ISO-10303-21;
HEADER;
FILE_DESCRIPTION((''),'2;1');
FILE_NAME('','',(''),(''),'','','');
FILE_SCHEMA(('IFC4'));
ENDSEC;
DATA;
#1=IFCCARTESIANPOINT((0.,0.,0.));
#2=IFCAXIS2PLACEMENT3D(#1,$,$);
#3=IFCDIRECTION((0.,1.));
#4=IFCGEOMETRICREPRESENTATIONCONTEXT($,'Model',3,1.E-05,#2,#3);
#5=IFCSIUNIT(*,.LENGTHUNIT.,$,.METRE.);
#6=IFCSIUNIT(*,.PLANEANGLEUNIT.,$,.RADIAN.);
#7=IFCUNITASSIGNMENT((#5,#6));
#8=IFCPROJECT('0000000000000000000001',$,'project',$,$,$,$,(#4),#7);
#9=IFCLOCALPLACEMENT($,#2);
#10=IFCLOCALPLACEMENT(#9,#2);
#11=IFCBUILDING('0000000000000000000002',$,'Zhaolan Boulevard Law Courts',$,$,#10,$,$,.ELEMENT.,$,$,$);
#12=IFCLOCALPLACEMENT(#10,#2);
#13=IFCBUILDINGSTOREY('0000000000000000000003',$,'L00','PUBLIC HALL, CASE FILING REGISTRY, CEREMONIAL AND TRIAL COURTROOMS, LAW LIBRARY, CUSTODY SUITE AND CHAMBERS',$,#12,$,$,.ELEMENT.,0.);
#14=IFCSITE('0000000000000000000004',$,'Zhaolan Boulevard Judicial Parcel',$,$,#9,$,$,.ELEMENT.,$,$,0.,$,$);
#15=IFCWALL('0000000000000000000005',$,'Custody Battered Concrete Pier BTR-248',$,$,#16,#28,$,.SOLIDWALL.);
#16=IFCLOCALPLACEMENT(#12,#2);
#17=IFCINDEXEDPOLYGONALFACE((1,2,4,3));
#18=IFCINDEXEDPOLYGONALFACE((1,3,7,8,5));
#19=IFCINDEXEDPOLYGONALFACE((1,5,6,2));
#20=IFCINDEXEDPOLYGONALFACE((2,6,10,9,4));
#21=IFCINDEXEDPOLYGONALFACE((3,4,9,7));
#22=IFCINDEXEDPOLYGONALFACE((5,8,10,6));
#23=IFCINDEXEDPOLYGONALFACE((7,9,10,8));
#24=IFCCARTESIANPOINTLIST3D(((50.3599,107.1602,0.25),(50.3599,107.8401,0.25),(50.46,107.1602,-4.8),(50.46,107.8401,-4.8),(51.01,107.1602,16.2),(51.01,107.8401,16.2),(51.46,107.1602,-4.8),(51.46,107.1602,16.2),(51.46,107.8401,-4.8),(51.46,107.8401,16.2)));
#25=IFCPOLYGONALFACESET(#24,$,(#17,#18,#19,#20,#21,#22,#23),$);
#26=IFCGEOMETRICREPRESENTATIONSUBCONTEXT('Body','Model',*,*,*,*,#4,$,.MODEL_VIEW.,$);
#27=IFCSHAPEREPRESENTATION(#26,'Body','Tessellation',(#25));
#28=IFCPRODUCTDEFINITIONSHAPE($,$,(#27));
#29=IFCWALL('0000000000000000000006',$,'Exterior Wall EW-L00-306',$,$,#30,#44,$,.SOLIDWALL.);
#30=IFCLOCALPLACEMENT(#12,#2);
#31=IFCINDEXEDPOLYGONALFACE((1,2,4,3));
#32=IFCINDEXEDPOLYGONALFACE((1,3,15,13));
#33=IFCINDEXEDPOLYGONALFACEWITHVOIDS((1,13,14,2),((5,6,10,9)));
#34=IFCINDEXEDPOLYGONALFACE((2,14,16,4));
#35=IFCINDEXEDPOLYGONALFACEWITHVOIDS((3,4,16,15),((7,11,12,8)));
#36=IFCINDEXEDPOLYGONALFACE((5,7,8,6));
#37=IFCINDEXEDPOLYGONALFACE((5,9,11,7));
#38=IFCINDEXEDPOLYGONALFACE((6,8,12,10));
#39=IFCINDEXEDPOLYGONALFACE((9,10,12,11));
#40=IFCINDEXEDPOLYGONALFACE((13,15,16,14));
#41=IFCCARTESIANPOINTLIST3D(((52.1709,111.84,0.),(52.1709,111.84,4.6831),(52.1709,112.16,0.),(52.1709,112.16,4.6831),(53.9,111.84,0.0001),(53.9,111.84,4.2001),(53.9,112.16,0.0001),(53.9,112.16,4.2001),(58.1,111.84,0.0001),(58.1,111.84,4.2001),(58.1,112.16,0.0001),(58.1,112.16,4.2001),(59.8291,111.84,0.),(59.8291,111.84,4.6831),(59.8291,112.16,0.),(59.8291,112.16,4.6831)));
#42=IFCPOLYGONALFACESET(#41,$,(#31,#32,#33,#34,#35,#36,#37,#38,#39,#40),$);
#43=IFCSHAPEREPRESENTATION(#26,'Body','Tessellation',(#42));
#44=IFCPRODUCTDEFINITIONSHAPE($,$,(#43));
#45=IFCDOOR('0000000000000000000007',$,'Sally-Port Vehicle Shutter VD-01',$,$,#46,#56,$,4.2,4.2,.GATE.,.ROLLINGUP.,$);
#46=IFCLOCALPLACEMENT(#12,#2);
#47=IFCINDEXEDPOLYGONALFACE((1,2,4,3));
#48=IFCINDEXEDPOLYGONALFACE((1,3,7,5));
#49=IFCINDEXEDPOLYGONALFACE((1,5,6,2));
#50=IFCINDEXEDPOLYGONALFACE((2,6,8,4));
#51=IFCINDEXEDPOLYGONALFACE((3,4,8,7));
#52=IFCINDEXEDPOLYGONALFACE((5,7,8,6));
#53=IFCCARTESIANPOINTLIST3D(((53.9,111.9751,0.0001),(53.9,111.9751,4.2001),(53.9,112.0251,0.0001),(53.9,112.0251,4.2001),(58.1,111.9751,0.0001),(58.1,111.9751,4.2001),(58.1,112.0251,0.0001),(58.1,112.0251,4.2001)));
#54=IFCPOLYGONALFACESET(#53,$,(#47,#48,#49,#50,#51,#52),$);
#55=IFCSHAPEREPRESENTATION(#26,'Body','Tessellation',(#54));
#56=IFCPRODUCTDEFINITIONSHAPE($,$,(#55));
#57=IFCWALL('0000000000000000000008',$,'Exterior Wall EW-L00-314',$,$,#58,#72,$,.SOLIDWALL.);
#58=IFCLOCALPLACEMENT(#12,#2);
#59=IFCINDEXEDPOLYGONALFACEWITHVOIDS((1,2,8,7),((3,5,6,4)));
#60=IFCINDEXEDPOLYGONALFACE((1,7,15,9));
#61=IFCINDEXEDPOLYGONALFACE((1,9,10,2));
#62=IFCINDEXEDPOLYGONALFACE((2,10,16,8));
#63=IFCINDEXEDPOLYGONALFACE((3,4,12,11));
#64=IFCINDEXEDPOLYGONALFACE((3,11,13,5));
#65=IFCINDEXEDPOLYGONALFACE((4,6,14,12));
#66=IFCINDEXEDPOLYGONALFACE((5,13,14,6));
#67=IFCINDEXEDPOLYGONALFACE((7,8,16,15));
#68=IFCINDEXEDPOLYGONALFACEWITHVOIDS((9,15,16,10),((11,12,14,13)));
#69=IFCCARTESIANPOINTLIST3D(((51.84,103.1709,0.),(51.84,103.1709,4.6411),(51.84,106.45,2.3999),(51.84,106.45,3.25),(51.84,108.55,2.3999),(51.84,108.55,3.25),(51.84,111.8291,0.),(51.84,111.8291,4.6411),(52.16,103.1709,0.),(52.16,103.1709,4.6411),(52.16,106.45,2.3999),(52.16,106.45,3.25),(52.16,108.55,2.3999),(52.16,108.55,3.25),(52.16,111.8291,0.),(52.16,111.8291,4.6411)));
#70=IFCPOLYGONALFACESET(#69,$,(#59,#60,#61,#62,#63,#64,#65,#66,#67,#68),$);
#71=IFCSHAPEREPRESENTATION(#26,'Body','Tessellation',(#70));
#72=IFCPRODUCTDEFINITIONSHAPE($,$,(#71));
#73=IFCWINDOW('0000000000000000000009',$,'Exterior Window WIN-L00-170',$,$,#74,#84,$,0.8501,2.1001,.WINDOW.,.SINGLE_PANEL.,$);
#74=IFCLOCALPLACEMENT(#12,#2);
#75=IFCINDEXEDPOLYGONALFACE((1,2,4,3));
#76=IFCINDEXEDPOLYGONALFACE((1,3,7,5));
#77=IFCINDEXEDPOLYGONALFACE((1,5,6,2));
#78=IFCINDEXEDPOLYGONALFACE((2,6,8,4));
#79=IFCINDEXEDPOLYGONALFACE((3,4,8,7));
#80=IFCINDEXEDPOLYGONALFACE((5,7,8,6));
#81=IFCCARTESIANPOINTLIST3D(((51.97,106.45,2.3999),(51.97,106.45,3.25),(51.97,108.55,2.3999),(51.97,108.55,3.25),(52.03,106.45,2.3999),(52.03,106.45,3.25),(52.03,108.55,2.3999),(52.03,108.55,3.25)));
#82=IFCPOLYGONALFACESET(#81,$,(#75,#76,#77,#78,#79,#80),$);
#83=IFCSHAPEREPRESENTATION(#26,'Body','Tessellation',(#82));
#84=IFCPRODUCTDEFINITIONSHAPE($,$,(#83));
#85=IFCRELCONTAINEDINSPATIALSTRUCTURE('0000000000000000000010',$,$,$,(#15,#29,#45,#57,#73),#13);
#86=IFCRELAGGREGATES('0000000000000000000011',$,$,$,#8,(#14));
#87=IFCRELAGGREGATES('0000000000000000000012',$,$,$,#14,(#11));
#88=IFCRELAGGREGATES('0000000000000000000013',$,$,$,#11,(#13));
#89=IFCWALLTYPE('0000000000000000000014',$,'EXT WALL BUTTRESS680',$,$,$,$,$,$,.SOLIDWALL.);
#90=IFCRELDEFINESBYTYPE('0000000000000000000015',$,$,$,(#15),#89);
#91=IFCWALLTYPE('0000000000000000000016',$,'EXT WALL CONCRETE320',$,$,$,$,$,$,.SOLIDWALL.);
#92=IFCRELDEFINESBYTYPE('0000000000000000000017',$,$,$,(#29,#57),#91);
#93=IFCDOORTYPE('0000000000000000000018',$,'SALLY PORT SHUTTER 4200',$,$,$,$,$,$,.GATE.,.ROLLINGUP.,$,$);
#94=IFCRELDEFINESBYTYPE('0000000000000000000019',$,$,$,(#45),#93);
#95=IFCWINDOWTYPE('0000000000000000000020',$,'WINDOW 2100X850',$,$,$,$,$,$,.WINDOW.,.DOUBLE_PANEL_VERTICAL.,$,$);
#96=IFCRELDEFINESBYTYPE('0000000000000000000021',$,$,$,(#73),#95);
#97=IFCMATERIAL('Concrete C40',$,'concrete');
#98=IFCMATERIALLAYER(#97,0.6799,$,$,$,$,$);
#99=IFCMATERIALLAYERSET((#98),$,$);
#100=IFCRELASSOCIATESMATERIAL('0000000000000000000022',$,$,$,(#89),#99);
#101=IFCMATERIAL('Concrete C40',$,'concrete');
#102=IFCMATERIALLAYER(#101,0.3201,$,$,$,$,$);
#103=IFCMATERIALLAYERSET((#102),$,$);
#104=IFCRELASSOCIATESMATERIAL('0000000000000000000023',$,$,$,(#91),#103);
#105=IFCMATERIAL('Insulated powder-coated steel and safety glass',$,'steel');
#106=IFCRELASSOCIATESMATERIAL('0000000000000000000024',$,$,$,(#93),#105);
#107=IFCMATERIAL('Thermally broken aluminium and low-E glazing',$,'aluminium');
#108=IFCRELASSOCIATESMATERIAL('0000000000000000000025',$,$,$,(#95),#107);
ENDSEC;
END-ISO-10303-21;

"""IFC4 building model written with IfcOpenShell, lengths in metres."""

from ifc_helpers import new_model, si_unit, direction, frame, frame_2d, origin, place, context, subcontext, project, spatial, polyline, rectangle, outline, extrude, material, layer, layer_set, type_object, element, fill, save


model = new_model("IFC4")

# Units and contexts
model_context = context("Model", 3, precision=1e-05, world=origin(), true_north=direction((0.0, 1.0)))
body_context = subcontext(model_context, "Body", "Model", "MODEL_VIEW")
ifc_project = project(units=[si_unit("LENGTHUNIT", "METRE"), si_unit("PLANEANGLEUNIT", "RADIAN")], contexts=[model_context])

# Site, building, storey
site_placement = place(None, origin())
site = spatial("IfcSite", under=ifc_project, at=site_placement, Name="Zhaolan Boulevard Judicial Parcel", CompositionType="ELEMENT", RefElevation=0.0)
building_placement = place(site_placement, origin())
building = spatial("IfcBuilding", under=site, at=building_placement, Name="Zhaolan Boulevard Law Courts", CompositionType="ELEMENT")
storey_placement = place(building_placement, origin())
storey = spatial("IfcBuildingStorey", under=building, at=storey_placement, Name="L00", Description="PUBLIC HALL, CASE FILING REGISTRY, CEREMONIAL AND TRIAL COURTROOMS, LAW LIBRARY, CUSTODY SUITE AND CHAMBERS", CompositionType="ELEMENT", Elevation=0.0)

# Wall
ifc_material_1 = material(Name="Concrete C40", Category="concrete")
ifc_layer_1 = layer(ifc_material_1, 0.6799)
ifc_layer_set_1 = layer_set([ifc_layer_1])
wall_type_1 = type_object("IfcWallType", Name="EXT WALL BUTTRESS680", PredefinedType="SOLIDWALL", material=ifc_layer_set_1)
wall_1_placement = place(storey_placement, frame((51.46, 107.5, -4.8), z_axis=(0.0, 0.0, 1.0), x_axis=(-1.0, 0.0, 0.0)))
element("IfcWall", 1, at=wall_1_placement, inside=storey, type_object=wall_type_1, Name="Custody Battered Concrete Pier BTR-248", PredefinedType="SOLIDWALL", context=body_context, shape_type="SweptSolid", body=[
    extrude(outline(polyline([(0.0, 0.0), (1.0, 0.0), (1.1001, 5.05), (0.45, 21.0), (0.0, 21.0), (0.0, 0.0)])), frame((0.0, 0.3398, 0.0), z_axis=(0.0, -1.0, 0.0), x_axis=(1.0, 0.0, 0.0)), (0.0, 0.0, 1.0), 0.6799),
])

# Wall, opening, door
ifc_material_2 = material(Name="Concrete C40", Category="concrete")
ifc_layer_2 = layer(ifc_material_2, 0.3201)
ifc_layer_set_2 = layer_set([ifc_layer_2])
wall_type_2 = type_object("IfcWallType", Name="EXT WALL CONCRETE320", PredefinedType="SOLIDWALL", material=ifc_layer_set_2)
wall_2_placement = place(storey_placement, frame((59.8291, 112.0, 0.0), z_axis=(0.0, 0.0, 1.0), x_axis=(-1.0, 0.0, 0.0)))
wall_2 = element("IfcWall", 2, at=wall_2_placement, inside=storey, type_object=wall_type_2, Name="Exterior Wall EW-L00-306", PredefinedType="SOLIDWALL", context=body_context, shape_type="SweptSolid", body=[
    extrude(rectangle(XDim=7.6582, YDim=0.3201, at=frame_2d((3.8291, 0.0))), origin(), (0.0, 0.0, 1.0), 4.6831),
])
opening_1_placement = place(wall_2_placement, frame((1.729, 0.0, 0.0)))
opening_1 = element("IfcOpeningElement", 3, at=opening_1_placement, cuts=wall_2, PredefinedType="OPENING", context=body_context, shape_type="SweptSolid", body=[
    extrude(rectangle(XDim=4.2, YDim=4.2, at=frame_2d((2.1001, 2.1001))), frame((0.0, 0.1699, 0.0), z_axis=(0.0, -1.0, 0.0), x_axis=(1.0, 0.0, 0.0)), (0.0, 0.0, 1.0), 0.3401),
])
ifc_material_3 = material(Name="Insulated powder-coated steel and safety glass", Category="steel")
door_type = type_object("IfcDoorType", Name="SALLY PORT SHUTTER 4200", OperationType="ROLLINGUP", PredefinedType="GATE", material=ifc_material_3)
door_placement = place(opening_1_placement, origin())
door = element("IfcDoor", 4, at=door_placement, inside=storey, type_object=door_type, Name="Sally-Port Vehicle Shutter VD-01", OperationType="ROLLINGUP", OverallHeight=4.2, OverallWidth=4.2, PredefinedType="GATE", context=body_context, shape_type="SweptSolid", body=[
    extrude(rectangle(XDim=4.2, YDim=4.2, at=frame_2d((2.1001, 2.1001))), frame((0.0, 0.0249, 0.0), z_axis=(0.0, -1.0, 0.0), x_axis=(1.0, 0.0, 0.0)), (0.0, 0.0, 1.0), 0.05),
])
fill(opening_1, door)

# Wall, opening, window
wall_3_placement = place(storey_placement, frame((52.0, 111.8291, 0.0), z_axis=(0.0, 0.0, 1.0), x_axis=(0.0, -1.0, 0.0)))
wall_3 = element("IfcWall", 5, at=wall_3_placement, inside=storey, type_object=wall_type_2, Name="Exterior Wall EW-L00-314", PredefinedType="SOLIDWALL", context=body_context, shape_type="SweptSolid", body=[
    extrude(rectangle(XDim=8.6582, YDim=0.3201, at=frame_2d((4.3291, 0.0))), origin(), (0.0, 0.0, 1.0), 4.6411),
])
opening_2_placement = place(wall_3_placement, frame((3.2791, 0.0, 2.3999)))
opening_2 = element("IfcOpeningElement", 6, at=opening_2_placement, cuts=wall_3, PredefinedType="OPENING", context=body_context, shape_type="SweptSolid", body=[
    extrude(rectangle(XDim=2.1001, YDim=0.8501, at=frame_2d((1.05, 0.425))), frame((0.0, 0.1699, 0.0), z_axis=(0.0, -1.0, 0.0), x_axis=(1.0, 0.0, 0.0)), (0.0, 0.0, 1.0), 0.3401),
])
ifc_material_4 = material(Name="Thermally broken aluminium and low-E glazing", Category="aluminium")
window_type = type_object("IfcWindowType", Name="WINDOW 2100X850", PartitioningType="DOUBLE_PANEL_VERTICAL", PredefinedType="WINDOW", material=ifc_material_4)
window_placement = place(opening_2_placement, origin())
window = element("IfcWindow", 7, at=window_placement, inside=storey, type_object=window_type, Name="Exterior Window WIN-L00-170", OverallHeight=0.8501, OverallWidth=2.1001, PartitioningType="SINGLE_PANEL", PredefinedType="WINDOW", context=body_context, shape_type="SweptSolid", body=[
    extrude(rectangle(XDim=2.1001, YDim=0.8501, at=frame_2d((1.05, 0.425))), frame((0.0, 0.03, 0.0), z_axis=(0.0, -1.0, 0.0), x_axis=(1.0, 0.0, 0.0)), (0.0, 0.0, 1.0), 0.0601),
])
fill(opening_2, window)

save(model, "model.ifc")
